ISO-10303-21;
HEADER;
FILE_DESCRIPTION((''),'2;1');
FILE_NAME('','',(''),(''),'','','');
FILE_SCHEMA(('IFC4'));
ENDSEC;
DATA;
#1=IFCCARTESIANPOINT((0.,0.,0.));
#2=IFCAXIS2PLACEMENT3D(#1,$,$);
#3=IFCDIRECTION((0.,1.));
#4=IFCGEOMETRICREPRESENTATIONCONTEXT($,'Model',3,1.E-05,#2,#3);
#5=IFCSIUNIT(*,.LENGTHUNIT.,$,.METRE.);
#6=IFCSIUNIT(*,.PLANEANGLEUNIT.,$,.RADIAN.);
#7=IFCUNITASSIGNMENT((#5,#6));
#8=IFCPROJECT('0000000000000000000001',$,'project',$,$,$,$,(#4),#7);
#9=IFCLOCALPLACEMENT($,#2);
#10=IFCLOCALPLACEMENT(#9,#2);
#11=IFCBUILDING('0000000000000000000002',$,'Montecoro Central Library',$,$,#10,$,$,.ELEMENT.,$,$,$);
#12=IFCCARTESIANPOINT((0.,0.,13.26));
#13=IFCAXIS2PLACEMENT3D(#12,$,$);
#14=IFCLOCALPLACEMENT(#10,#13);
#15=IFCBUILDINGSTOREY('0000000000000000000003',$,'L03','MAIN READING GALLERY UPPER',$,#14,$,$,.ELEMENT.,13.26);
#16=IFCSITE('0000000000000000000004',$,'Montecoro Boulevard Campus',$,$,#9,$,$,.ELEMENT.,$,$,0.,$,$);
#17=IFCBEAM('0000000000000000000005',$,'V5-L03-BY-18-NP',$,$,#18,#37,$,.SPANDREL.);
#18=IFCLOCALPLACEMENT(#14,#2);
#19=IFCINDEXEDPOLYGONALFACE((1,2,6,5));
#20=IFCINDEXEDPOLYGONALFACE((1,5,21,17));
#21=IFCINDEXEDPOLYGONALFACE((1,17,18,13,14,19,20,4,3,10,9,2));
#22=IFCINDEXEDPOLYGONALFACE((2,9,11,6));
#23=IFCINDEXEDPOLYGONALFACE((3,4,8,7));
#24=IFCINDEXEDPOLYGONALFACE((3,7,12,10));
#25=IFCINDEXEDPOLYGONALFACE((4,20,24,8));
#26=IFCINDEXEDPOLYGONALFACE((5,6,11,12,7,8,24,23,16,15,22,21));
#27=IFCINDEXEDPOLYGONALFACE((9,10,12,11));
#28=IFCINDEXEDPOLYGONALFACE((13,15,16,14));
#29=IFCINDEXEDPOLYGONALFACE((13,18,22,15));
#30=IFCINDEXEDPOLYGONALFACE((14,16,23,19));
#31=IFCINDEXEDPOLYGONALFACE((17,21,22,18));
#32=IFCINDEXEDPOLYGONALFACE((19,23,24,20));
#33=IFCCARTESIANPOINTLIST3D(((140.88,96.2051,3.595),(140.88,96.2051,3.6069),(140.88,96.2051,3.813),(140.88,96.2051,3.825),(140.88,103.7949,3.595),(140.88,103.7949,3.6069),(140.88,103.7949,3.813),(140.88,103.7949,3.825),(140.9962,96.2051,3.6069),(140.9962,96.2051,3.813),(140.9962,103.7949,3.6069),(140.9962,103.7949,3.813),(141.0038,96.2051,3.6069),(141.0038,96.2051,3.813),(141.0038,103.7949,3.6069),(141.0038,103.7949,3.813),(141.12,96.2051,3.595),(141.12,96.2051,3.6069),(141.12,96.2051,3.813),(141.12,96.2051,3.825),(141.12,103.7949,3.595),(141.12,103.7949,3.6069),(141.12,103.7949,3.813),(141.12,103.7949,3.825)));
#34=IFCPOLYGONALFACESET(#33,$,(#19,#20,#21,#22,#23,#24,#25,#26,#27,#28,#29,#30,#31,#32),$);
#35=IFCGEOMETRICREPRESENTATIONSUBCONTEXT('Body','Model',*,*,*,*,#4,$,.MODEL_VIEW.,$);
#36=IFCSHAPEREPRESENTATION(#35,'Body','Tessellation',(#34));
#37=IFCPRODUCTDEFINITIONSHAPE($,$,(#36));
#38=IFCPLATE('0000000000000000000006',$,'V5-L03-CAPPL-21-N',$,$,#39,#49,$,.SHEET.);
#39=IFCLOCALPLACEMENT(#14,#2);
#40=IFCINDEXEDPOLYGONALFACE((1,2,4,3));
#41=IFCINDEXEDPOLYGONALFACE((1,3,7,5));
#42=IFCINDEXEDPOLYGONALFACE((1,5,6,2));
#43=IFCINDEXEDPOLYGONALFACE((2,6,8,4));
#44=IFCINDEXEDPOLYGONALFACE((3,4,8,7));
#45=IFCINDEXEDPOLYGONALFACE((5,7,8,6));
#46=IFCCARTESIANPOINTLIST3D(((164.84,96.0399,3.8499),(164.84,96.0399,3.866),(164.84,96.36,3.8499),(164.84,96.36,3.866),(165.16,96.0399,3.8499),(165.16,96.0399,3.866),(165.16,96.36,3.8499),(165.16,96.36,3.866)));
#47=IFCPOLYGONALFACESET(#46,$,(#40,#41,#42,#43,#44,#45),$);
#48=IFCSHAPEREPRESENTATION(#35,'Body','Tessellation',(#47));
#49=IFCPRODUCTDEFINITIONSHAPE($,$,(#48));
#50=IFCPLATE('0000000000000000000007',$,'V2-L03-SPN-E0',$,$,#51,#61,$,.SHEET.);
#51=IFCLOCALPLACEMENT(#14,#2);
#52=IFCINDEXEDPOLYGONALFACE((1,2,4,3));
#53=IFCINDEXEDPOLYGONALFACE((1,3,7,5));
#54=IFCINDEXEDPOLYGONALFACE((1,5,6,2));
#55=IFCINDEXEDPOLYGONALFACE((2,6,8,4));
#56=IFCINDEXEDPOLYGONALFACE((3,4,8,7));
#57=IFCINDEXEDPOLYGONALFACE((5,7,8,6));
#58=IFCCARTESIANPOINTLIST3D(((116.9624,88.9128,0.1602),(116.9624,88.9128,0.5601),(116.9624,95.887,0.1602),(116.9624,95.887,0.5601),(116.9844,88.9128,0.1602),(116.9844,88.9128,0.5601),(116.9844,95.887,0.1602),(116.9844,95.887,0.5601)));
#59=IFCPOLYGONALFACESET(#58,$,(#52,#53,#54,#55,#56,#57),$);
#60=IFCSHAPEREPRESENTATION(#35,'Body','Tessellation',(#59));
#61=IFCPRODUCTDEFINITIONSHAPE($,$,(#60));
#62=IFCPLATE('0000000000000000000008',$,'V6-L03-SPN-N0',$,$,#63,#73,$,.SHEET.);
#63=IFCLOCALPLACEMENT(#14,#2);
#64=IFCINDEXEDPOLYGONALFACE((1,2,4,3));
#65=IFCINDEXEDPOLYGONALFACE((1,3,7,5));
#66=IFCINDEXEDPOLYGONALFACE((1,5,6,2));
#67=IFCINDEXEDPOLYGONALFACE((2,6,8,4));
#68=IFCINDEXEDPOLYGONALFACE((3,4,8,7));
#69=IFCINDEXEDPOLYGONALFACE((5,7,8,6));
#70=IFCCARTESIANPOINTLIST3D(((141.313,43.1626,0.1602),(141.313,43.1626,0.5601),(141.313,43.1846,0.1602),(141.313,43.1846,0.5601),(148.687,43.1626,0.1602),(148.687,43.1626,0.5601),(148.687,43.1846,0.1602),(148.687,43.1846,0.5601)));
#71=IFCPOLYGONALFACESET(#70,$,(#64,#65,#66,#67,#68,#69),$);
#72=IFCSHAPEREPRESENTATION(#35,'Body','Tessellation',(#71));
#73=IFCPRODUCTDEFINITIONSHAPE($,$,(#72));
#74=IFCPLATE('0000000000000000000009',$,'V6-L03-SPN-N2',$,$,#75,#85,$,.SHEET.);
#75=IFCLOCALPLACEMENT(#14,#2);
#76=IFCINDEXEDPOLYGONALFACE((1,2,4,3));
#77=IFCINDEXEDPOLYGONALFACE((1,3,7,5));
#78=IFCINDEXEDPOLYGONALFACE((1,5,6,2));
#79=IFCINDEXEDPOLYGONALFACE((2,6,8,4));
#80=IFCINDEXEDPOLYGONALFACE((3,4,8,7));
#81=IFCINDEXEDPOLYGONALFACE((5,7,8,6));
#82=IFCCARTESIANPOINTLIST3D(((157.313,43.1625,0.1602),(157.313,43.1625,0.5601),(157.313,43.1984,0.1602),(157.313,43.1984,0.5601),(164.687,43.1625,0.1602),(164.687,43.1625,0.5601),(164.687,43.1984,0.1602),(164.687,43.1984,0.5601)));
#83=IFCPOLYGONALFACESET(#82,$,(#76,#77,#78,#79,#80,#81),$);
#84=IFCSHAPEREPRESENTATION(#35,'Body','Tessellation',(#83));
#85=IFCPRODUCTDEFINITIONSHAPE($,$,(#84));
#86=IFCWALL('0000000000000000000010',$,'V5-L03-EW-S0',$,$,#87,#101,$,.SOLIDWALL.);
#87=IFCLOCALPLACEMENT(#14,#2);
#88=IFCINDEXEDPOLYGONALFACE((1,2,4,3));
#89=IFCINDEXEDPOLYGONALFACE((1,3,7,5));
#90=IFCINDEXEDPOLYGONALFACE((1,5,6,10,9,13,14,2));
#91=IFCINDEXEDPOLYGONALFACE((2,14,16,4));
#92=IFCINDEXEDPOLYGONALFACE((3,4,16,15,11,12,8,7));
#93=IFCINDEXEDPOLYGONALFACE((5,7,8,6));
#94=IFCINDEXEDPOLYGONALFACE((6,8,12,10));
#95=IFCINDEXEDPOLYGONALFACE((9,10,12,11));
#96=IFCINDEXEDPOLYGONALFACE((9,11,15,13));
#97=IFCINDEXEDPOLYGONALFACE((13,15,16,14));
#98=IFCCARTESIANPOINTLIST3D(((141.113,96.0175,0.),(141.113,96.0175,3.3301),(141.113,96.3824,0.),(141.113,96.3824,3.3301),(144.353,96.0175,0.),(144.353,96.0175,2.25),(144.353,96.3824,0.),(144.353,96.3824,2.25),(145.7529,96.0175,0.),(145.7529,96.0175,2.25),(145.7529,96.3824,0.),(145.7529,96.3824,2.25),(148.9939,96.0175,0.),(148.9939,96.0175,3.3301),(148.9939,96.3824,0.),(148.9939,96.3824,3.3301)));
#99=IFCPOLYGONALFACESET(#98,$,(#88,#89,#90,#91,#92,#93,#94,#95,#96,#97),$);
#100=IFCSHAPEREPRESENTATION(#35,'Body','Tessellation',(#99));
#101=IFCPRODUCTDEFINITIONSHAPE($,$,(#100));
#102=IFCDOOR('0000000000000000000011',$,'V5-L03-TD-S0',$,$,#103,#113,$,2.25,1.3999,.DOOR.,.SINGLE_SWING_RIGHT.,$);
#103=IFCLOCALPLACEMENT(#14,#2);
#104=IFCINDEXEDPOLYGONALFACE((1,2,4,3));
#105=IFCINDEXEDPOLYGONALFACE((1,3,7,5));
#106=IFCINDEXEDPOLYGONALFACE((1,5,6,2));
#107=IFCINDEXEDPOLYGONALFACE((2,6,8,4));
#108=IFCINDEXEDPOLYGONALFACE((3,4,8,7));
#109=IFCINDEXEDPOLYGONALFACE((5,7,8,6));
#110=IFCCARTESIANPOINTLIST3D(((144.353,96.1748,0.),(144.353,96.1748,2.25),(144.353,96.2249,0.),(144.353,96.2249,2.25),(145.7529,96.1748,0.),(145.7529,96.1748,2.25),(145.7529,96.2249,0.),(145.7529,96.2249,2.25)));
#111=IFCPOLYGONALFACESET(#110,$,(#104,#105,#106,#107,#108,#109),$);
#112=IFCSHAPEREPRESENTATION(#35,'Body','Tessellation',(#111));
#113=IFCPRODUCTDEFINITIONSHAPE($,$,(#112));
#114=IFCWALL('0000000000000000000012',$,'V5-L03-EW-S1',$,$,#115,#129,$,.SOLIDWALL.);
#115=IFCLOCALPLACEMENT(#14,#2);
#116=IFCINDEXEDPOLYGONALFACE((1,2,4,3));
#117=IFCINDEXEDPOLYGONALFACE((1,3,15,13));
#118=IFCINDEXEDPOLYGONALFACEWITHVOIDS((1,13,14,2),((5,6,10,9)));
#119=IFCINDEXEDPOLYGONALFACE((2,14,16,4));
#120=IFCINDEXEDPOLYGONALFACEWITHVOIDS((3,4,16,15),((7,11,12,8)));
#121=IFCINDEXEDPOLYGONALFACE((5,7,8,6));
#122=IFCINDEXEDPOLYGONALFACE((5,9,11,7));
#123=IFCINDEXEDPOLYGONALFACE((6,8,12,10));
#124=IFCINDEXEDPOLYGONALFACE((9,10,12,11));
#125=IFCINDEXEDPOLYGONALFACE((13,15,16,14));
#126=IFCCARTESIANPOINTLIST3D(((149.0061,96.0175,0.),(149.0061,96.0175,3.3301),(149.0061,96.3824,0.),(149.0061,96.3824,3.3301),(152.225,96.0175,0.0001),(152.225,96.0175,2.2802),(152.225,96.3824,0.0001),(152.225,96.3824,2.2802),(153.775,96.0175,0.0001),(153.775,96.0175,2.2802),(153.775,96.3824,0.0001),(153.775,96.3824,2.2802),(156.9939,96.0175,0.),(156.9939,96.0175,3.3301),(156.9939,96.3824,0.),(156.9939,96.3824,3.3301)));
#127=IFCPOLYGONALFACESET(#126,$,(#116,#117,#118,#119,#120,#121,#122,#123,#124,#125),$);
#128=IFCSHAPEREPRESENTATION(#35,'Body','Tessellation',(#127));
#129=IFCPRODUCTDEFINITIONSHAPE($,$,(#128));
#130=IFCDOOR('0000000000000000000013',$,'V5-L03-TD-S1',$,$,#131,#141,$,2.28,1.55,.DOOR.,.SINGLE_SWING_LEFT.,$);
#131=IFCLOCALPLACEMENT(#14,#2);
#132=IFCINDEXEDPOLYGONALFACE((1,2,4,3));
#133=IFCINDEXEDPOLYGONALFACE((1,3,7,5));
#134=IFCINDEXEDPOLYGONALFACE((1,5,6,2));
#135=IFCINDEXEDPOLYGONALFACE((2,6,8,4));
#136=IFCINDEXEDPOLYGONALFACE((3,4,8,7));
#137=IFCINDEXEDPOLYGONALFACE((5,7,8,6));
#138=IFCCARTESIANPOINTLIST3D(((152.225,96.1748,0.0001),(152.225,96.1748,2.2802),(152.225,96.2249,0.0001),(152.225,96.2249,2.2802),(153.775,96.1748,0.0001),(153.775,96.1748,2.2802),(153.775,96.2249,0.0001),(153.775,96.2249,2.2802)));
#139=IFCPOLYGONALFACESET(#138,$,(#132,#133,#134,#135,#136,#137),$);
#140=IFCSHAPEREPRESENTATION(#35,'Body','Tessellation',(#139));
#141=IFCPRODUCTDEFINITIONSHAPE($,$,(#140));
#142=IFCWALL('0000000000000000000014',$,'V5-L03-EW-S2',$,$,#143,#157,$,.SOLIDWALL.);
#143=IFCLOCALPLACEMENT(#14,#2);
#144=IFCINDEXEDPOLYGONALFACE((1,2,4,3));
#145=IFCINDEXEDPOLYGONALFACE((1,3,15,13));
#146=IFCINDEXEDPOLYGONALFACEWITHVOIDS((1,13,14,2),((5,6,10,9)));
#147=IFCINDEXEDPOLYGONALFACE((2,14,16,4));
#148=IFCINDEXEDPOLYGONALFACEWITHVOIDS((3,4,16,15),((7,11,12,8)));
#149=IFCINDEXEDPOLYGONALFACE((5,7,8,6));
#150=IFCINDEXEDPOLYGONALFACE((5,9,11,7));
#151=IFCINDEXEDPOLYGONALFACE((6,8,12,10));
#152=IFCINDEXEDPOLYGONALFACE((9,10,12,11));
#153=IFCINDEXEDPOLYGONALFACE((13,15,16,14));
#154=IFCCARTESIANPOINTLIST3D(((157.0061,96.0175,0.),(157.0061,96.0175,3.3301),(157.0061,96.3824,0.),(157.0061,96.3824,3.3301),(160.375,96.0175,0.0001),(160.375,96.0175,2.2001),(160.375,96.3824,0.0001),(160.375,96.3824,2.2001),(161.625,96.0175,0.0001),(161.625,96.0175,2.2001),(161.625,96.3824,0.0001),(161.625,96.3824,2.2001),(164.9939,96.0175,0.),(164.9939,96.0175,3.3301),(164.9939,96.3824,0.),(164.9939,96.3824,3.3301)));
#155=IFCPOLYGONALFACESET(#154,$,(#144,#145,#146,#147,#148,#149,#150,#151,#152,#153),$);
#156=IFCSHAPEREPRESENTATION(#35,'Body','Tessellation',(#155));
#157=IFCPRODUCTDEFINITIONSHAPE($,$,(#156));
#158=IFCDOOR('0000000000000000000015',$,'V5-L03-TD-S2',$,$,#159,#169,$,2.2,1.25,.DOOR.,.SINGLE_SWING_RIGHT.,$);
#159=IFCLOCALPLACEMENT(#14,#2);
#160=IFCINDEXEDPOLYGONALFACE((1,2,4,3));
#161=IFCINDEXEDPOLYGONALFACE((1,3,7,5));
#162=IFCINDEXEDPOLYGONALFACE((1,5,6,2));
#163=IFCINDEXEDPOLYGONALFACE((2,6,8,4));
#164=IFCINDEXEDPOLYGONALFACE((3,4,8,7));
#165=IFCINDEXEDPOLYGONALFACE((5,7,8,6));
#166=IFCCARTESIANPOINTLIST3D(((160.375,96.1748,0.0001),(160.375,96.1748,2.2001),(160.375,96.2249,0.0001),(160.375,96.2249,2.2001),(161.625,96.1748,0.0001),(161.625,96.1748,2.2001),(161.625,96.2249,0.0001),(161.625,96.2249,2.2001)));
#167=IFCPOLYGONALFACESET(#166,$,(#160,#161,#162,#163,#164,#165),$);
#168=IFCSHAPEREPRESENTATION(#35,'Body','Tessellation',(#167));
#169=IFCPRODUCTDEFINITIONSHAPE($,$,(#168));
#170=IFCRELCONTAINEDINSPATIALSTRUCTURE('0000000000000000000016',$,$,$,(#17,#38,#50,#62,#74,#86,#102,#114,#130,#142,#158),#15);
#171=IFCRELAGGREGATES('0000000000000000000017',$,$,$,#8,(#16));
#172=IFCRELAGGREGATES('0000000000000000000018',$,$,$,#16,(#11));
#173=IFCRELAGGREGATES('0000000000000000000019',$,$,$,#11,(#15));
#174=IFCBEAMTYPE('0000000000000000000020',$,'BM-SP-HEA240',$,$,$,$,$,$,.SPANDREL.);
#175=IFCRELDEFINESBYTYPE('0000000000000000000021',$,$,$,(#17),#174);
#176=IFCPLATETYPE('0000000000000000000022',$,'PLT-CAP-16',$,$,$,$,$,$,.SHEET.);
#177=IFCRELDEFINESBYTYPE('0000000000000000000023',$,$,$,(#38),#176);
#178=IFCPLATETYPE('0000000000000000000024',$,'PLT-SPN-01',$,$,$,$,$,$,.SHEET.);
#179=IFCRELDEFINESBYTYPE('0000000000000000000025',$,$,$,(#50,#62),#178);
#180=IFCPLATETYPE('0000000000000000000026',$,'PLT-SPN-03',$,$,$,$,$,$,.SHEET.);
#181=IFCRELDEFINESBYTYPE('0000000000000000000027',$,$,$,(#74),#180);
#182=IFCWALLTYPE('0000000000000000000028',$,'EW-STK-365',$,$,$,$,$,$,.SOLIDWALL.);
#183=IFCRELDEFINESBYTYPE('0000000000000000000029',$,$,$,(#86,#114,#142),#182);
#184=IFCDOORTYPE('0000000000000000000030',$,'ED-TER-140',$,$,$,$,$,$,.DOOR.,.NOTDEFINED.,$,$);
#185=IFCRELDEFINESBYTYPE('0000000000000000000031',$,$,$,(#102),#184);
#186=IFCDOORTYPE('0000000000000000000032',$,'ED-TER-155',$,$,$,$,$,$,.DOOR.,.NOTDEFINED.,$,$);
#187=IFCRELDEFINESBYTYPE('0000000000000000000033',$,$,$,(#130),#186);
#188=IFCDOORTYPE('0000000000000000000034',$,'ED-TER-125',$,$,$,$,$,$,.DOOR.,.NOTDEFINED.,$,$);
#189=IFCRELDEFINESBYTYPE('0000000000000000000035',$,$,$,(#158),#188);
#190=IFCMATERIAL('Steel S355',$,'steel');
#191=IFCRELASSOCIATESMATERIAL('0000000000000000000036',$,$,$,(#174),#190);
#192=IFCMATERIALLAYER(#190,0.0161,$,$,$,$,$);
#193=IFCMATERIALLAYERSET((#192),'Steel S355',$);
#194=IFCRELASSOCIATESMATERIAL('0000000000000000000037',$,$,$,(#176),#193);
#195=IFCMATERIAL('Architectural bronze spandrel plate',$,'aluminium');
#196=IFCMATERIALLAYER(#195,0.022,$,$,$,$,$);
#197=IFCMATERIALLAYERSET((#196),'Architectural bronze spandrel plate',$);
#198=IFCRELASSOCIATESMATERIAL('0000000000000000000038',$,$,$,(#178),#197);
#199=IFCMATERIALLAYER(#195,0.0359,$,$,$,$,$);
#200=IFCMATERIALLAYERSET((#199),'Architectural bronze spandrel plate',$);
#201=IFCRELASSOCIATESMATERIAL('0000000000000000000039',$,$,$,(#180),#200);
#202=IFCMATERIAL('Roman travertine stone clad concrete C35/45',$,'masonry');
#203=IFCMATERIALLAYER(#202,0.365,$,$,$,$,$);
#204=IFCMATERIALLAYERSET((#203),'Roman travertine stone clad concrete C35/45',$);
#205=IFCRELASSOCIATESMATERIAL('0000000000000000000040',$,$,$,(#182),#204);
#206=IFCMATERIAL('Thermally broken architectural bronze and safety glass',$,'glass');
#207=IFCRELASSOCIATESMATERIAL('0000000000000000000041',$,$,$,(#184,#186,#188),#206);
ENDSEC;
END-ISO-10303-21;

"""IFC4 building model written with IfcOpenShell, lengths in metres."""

from ifc_helpers import new_model, si_unit, direction, frame, frame_2d, origin, origin_2d, place, context, subcontext, project, spatial, rectangle, i_section, extrude, material, layer, layer_set, material_profile, profile_set, type_object, element, fill, save


model = new_model("IFC4")

# Units and contexts
model_context = context("Model", 3, precision=1e-05, world=origin(), true_north=direction((0.0, 1.0)))
body_context = subcontext(model_context, "Body", "Model", "MODEL_VIEW")
ifc_project = project(units=[si_unit("LENGTHUNIT", "METRE"), si_unit("PLANEANGLEUNIT", "RADIAN")], contexts=[model_context])

# Site, building, storey
site_placement = place(None, origin())
site = spatial("IfcSite", under=ifc_project, at=site_placement, Name="Montecoro Boulevard Campus", CompositionType="ELEMENT", RefElevation=0.0)
building_placement = place(site_placement, origin())
building = spatial("IfcBuilding", under=site, at=building_placement, Name="Montecoro Central Library", CompositionType="ELEMENT")
storey_placement = place(building_placement, frame((0.0, 0.0, 13.26)))
storey = spatial("IfcBuildingStorey", under=building, at=storey_placement, Name="L03", Description="MAIN READING GALLERY UPPER", CompositionType="ELEMENT", Elevation=13.26)

# Shared definitions
ifc_material_1 = material(Name="Steel S355", Category="steel")

# Beam
ifc_material_profile_1 = material_profile(ifc_material_1, i_section(OverallWidth=0.24, OverallDepth=0.23, WebThickness=0.0076, FlangeThickness=0.012, at=origin_2d()), Name="HEA 240")
ifc_profile_set_1 = profile_set([ifc_material_profile_1], Name="Steel S355")
beam_type_1 = type_object("IfcBeamType", Name="BM-SP-HEA240", PredefinedType="SPANDREL", material=ifc_profile_set_1)
beam_placement = place(storey_placement, frame((141.0, 96.2051, 3.71), z_axis=(0.0, 1.0, 0.0), x_axis=(-1.0, 0.0, 0.0)))
element("IfcBeam", 1, at=beam_placement, inside=storey, type_object=beam_type_1, Name="V5-L03-BY-18-NP", PredefinedType="SPANDREL", context=body_context, shape_type="SweptSolid", body=[
    extrude(i_section(OverallWidth=0.24, OverallDepth=0.23, WebThickness=0.0076, FlangeThickness=0.012, at=origin_2d()), origin(), (0.0, 0.0, 1.0), 7.5898),
])

# Plates
ifc_layer_1 = layer(ifc_material_1, 0.0161)
ifc_layer_set_1 = layer_set([ifc_layer_1], Name="Steel S355")
plate_type_1 = type_object("IfcPlateType", Name="PLT-CAP-16", PredefinedType="SHEET", material=ifc_layer_set_1)
plate_1_placement = place(storey_placement, frame((165.0, 96.2, 3.8499), z_axis=(0.0, 0.0, 1.0), x_axis=(1.0, 0.0, 0.0)))
element("IfcPlate", 2, at=plate_1_placement, inside=storey, type_object=plate_type_1, Name="V5-L03-CAPPL-21-N", PredefinedType="SHEET", context=body_context, shape_type="SweptSolid", body=[
    extrude(rectangle(XDim=0.3201, YDim=0.3201, at=origin_2d()), origin(), (0.0, 0.0, 1.0), 0.0161),
])
ifc_material_2 = material(Name="Architectural bronze spandrel plate", Category="aluminium")
ifc_layer_2 = layer(ifc_material_2, 0.022)
ifc_layer_set_2 = layer_set([ifc_layer_2], Name="Architectural bronze spandrel plate")
plate_type_2 = type_object("IfcPlateType", Name="PLT-SPN-01", PredefinedType="SHEET", material=ifc_layer_set_2)
plate_2_placement = place(storey_placement, frame((116.9734, 92.3999, 0.1602), z_axis=(0.0, 0.0, 1.0), x_axis=(0.0, 1.0, 0.0)))
element("IfcPlate", 3, at=plate_2_placement, inside=storey, type_object=plate_type_2, Name="V2-L03-SPN-E0", PredefinedType="SHEET", context=body_context, shape_type="SweptSolid", body=[
    extrude(rectangle(XDim=6.9741, YDim=0.022, at=origin_2d()), origin(), (0.0, 0.0, 1.0), 0.3999),
])
plate_3_placement = place(storey_placement, frame((145.0, 43.1736, 0.1602), z_axis=(0.0, 0.0, 1.0), x_axis=(-1.0, 0.0, 0.0)))
element("IfcPlate", 4, at=plate_3_placement, inside=storey, type_object=plate_type_2, Name="V6-L03-SPN-N0", PredefinedType="SHEET", context=body_context, shape_type="SweptSolid", body=[
    extrude(rectangle(XDim=7.374, YDim=0.022, at=origin_2d()), origin(), (0.0, 0.0, 1.0), 0.3999),
])
ifc_layer_3 = layer(ifc_material_2, 0.0359)
ifc_layer_set_3 = layer_set([ifc_layer_3], Name="Architectural bronze spandrel plate")
plate_type_3 = type_object("IfcPlateType", Name="PLT-SPN-03", PredefinedType="SHEET", material=ifc_layer_set_3)
plate_4_placement = place(storey_placement, frame((161.0, 43.1804, 0.1602), z_axis=(0.0, 0.0, 1.0), x_axis=(-1.0, 0.0, 0.0)))
element("IfcPlate", 5, at=plate_4_placement, inside=storey, type_object=plate_type_3, Name="V6-L03-SPN-N2", PredefinedType="SHEET", context=body_context, shape_type="SweptSolid", body=[
    extrude(rectangle(XDim=7.374, YDim=0.0359, at=origin_2d()), origin(), (0.0, 0.0, 1.0), 0.3999),
])

# Walls, openings, doors
ifc_material_3 = material(Name="Roman travertine stone clad concrete C35/45", Category="masonry")
ifc_layer_4 = layer(ifc_material_3, 0.365)
ifc_layer_set_4 = layer_set([ifc_layer_4], Name="Roman travertine stone clad concrete C35/45")
wall_type_1 = type_object("IfcWallType", Name="EW-STK-365", PredefinedType="SOLIDWALL", material=ifc_layer_set_4)
wall_1_placement = place(storey_placement, frame((141.113, 96.2, 0.0), z_axis=(0.0, 0.0, 1.0), x_axis=(1.0, 0.0, 0.0)))
wall_1 = element("IfcWall", 6, at=wall_1_placement, inside=storey, type_object=wall_type_1, Name="V5-L03-EW-S0", PredefinedType="SOLIDWALL", context=body_context, shape_type="SweptSolid", body=[
    extrude(rectangle(XDim=7.8809, YDim=0.365, at=frame_2d((3.9404, 0.0))), origin(), (0.0, 0.0, 1.0), 3.3301),
])
opening_1_placement = place(wall_1_placement, frame((3.24, 0.0, 0.0)))
opening_1 = element("IfcOpeningElement", 7, at=opening_1_placement, cuts=wall_1, PredefinedType="OPENING", context=body_context, shape_type="SweptSolid", body=[
    extrude(rectangle(XDim=1.3999, YDim=2.25, at=frame_2d((0.7, 1.125))), frame((0.0, 0.1924, 0.0), z_axis=(0.0, -1.0, 0.0), x_axis=(1.0, 0.0, 0.0)), (0.0, 0.0, 1.0), 0.385),
])
ifc_material_4 = material(Name="Thermally broken architectural bronze and safety glass", Category="glass")
door_type_1 = type_object("IfcDoorType", Name="ED-TER-140", OperationType="NOTDEFINED", PredefinedType="DOOR", material=ifc_material_4)
door_1_placement = place(opening_1_placement, origin())
door_1 = element("IfcDoor", 8, at=door_1_placement, inside=storey, type_object=door_type_1, Name="V5-L03-TD-S0", OperationType="SINGLE_SWING_RIGHT", OverallHeight=2.25, OverallWidth=1.3999, PredefinedType="DOOR", context=body_context, shape_type="SweptSolid", body=[
    extrude(rectangle(XDim=1.3999, YDim=2.25, at=frame_2d((0.7, 1.125))), frame((0.0, 0.0249, 0.0), z_axis=(0.0, -1.0, 0.0), x_axis=(1.0, 0.0, 0.0)), (0.0, 0.0, 1.0), 0.05),
])
fill(opening_1, door_1)
wall_2_placement = place(storey_placement, frame((149.0061, 96.2, 0.0), z_axis=(0.0, 0.0, 1.0), x_axis=(1.0, 0.0, 0.0)))
wall_2 = element("IfcWall", 9, at=wall_2_placement, inside=storey, type_object=wall_type_1, Name="V5-L03-EW-S1", PredefinedType="SOLIDWALL", context=body_context, shape_type="SweptSolid", body=[
    extrude(rectangle(XDim=7.9878, YDim=0.365, at=frame_2d((3.9939, 0.0))), origin(), (0.0, 0.0, 1.0), 3.3301),
])
opening_2_placement = place(wall_2_placement, frame((3.219, 0.0, 0.0)))
opening_2 = element("IfcOpeningElement", 10, at=opening_2_placement, cuts=wall_2, PredefinedType="OPENING", context=body_context, shape_type="SweptSolid", body=[
    extrude(rectangle(XDim=1.55, YDim=2.28, at=frame_2d((0.7749, 1.1401))), frame((0.0, 0.1924, 0.0), z_axis=(0.0, -1.0, 0.0), x_axis=(1.0, 0.0, 0.0)), (0.0, 0.0, 1.0), 0.385),
])
door_type_2 = type_object("IfcDoorType", Name="ED-TER-155", OperationType="NOTDEFINED", PredefinedType="DOOR", material=ifc_material_4)
door_2_placement = place(opening_2_placement, origin())
door_2 = element("IfcDoor", 11, at=door_2_placement, inside=storey, type_object=door_type_2, Name="V5-L03-TD-S1", OperationType="SINGLE_SWING_LEFT", OverallHeight=2.28, OverallWidth=1.55, PredefinedType="DOOR", context=body_context, shape_type="SweptSolid", body=[
    extrude(rectangle(XDim=1.55, YDim=2.28, at=frame_2d((0.7749, 1.1401))), frame((0.0, 0.0249, 0.0), z_axis=(0.0, -1.0, 0.0), x_axis=(1.0, 0.0, 0.0)), (0.0, 0.0, 1.0), 0.05),
])
fill(opening_2, door_2)
wall_3_placement = place(storey_placement, frame((157.0061, 96.2, 0.0), z_axis=(0.0, 0.0, 1.0), x_axis=(1.0, 0.0, 0.0)))
wall_3 = element("IfcWall", 12, at=wall_3_placement, inside=storey, type_object=wall_type_1, Name="V5-L03-EW-S2", PredefinedType="SOLIDWALL", context=body_context, shape_type="SweptSolid", body=[
    extrude(rectangle(XDim=7.9878, YDim=0.365, at=frame_2d((3.9939, 0.0))), origin(), (0.0, 0.0, 1.0), 3.3301),
])
opening_3_placement = place(wall_3_placement, frame((3.3689, 0.0, 0.0)))
opening_3 = element("IfcOpeningElement", 13, at=opening_3_placement, cuts=wall_3, PredefinedType="OPENING", context=body_context, shape_type="SweptSolid", body=[
    extrude(rectangle(XDim=1.25, YDim=2.2, at=frame_2d((0.625, 1.1001))), frame((0.0, 0.1924, 0.0), z_axis=(0.0, -1.0, 0.0), x_axis=(1.0, 0.0, 0.0)), (0.0, 0.0, 1.0), 0.385),
])
door_type_3 = type_object("IfcDoorType", Name="ED-TER-125", OperationType="NOTDEFINED", PredefinedType="DOOR", material=ifc_material_4)
door_3_placement = place(opening_3_placement, origin())
door_3 = element("IfcDoor", 14, at=door_3_placement, inside=storey, type_object=door_type_3, Name="V5-L03-TD-S2", OperationType="SINGLE_SWING_RIGHT", OverallHeight=2.2, OverallWidth=1.25, PredefinedType="DOOR", context=body_context, shape_type="SweptSolid", body=[
    extrude(rectangle(XDim=1.25, YDim=2.2, at=frame_2d((0.625, 1.1001))), frame((0.0, 0.0249, 0.0), z_axis=(0.0, -1.0, 0.0), x_axis=(1.0, 0.0, 0.0)), (0.0, 0.0, 1.0), 0.05),
])
fill(opening_3, door_3)

save(model, "model.ifc")
